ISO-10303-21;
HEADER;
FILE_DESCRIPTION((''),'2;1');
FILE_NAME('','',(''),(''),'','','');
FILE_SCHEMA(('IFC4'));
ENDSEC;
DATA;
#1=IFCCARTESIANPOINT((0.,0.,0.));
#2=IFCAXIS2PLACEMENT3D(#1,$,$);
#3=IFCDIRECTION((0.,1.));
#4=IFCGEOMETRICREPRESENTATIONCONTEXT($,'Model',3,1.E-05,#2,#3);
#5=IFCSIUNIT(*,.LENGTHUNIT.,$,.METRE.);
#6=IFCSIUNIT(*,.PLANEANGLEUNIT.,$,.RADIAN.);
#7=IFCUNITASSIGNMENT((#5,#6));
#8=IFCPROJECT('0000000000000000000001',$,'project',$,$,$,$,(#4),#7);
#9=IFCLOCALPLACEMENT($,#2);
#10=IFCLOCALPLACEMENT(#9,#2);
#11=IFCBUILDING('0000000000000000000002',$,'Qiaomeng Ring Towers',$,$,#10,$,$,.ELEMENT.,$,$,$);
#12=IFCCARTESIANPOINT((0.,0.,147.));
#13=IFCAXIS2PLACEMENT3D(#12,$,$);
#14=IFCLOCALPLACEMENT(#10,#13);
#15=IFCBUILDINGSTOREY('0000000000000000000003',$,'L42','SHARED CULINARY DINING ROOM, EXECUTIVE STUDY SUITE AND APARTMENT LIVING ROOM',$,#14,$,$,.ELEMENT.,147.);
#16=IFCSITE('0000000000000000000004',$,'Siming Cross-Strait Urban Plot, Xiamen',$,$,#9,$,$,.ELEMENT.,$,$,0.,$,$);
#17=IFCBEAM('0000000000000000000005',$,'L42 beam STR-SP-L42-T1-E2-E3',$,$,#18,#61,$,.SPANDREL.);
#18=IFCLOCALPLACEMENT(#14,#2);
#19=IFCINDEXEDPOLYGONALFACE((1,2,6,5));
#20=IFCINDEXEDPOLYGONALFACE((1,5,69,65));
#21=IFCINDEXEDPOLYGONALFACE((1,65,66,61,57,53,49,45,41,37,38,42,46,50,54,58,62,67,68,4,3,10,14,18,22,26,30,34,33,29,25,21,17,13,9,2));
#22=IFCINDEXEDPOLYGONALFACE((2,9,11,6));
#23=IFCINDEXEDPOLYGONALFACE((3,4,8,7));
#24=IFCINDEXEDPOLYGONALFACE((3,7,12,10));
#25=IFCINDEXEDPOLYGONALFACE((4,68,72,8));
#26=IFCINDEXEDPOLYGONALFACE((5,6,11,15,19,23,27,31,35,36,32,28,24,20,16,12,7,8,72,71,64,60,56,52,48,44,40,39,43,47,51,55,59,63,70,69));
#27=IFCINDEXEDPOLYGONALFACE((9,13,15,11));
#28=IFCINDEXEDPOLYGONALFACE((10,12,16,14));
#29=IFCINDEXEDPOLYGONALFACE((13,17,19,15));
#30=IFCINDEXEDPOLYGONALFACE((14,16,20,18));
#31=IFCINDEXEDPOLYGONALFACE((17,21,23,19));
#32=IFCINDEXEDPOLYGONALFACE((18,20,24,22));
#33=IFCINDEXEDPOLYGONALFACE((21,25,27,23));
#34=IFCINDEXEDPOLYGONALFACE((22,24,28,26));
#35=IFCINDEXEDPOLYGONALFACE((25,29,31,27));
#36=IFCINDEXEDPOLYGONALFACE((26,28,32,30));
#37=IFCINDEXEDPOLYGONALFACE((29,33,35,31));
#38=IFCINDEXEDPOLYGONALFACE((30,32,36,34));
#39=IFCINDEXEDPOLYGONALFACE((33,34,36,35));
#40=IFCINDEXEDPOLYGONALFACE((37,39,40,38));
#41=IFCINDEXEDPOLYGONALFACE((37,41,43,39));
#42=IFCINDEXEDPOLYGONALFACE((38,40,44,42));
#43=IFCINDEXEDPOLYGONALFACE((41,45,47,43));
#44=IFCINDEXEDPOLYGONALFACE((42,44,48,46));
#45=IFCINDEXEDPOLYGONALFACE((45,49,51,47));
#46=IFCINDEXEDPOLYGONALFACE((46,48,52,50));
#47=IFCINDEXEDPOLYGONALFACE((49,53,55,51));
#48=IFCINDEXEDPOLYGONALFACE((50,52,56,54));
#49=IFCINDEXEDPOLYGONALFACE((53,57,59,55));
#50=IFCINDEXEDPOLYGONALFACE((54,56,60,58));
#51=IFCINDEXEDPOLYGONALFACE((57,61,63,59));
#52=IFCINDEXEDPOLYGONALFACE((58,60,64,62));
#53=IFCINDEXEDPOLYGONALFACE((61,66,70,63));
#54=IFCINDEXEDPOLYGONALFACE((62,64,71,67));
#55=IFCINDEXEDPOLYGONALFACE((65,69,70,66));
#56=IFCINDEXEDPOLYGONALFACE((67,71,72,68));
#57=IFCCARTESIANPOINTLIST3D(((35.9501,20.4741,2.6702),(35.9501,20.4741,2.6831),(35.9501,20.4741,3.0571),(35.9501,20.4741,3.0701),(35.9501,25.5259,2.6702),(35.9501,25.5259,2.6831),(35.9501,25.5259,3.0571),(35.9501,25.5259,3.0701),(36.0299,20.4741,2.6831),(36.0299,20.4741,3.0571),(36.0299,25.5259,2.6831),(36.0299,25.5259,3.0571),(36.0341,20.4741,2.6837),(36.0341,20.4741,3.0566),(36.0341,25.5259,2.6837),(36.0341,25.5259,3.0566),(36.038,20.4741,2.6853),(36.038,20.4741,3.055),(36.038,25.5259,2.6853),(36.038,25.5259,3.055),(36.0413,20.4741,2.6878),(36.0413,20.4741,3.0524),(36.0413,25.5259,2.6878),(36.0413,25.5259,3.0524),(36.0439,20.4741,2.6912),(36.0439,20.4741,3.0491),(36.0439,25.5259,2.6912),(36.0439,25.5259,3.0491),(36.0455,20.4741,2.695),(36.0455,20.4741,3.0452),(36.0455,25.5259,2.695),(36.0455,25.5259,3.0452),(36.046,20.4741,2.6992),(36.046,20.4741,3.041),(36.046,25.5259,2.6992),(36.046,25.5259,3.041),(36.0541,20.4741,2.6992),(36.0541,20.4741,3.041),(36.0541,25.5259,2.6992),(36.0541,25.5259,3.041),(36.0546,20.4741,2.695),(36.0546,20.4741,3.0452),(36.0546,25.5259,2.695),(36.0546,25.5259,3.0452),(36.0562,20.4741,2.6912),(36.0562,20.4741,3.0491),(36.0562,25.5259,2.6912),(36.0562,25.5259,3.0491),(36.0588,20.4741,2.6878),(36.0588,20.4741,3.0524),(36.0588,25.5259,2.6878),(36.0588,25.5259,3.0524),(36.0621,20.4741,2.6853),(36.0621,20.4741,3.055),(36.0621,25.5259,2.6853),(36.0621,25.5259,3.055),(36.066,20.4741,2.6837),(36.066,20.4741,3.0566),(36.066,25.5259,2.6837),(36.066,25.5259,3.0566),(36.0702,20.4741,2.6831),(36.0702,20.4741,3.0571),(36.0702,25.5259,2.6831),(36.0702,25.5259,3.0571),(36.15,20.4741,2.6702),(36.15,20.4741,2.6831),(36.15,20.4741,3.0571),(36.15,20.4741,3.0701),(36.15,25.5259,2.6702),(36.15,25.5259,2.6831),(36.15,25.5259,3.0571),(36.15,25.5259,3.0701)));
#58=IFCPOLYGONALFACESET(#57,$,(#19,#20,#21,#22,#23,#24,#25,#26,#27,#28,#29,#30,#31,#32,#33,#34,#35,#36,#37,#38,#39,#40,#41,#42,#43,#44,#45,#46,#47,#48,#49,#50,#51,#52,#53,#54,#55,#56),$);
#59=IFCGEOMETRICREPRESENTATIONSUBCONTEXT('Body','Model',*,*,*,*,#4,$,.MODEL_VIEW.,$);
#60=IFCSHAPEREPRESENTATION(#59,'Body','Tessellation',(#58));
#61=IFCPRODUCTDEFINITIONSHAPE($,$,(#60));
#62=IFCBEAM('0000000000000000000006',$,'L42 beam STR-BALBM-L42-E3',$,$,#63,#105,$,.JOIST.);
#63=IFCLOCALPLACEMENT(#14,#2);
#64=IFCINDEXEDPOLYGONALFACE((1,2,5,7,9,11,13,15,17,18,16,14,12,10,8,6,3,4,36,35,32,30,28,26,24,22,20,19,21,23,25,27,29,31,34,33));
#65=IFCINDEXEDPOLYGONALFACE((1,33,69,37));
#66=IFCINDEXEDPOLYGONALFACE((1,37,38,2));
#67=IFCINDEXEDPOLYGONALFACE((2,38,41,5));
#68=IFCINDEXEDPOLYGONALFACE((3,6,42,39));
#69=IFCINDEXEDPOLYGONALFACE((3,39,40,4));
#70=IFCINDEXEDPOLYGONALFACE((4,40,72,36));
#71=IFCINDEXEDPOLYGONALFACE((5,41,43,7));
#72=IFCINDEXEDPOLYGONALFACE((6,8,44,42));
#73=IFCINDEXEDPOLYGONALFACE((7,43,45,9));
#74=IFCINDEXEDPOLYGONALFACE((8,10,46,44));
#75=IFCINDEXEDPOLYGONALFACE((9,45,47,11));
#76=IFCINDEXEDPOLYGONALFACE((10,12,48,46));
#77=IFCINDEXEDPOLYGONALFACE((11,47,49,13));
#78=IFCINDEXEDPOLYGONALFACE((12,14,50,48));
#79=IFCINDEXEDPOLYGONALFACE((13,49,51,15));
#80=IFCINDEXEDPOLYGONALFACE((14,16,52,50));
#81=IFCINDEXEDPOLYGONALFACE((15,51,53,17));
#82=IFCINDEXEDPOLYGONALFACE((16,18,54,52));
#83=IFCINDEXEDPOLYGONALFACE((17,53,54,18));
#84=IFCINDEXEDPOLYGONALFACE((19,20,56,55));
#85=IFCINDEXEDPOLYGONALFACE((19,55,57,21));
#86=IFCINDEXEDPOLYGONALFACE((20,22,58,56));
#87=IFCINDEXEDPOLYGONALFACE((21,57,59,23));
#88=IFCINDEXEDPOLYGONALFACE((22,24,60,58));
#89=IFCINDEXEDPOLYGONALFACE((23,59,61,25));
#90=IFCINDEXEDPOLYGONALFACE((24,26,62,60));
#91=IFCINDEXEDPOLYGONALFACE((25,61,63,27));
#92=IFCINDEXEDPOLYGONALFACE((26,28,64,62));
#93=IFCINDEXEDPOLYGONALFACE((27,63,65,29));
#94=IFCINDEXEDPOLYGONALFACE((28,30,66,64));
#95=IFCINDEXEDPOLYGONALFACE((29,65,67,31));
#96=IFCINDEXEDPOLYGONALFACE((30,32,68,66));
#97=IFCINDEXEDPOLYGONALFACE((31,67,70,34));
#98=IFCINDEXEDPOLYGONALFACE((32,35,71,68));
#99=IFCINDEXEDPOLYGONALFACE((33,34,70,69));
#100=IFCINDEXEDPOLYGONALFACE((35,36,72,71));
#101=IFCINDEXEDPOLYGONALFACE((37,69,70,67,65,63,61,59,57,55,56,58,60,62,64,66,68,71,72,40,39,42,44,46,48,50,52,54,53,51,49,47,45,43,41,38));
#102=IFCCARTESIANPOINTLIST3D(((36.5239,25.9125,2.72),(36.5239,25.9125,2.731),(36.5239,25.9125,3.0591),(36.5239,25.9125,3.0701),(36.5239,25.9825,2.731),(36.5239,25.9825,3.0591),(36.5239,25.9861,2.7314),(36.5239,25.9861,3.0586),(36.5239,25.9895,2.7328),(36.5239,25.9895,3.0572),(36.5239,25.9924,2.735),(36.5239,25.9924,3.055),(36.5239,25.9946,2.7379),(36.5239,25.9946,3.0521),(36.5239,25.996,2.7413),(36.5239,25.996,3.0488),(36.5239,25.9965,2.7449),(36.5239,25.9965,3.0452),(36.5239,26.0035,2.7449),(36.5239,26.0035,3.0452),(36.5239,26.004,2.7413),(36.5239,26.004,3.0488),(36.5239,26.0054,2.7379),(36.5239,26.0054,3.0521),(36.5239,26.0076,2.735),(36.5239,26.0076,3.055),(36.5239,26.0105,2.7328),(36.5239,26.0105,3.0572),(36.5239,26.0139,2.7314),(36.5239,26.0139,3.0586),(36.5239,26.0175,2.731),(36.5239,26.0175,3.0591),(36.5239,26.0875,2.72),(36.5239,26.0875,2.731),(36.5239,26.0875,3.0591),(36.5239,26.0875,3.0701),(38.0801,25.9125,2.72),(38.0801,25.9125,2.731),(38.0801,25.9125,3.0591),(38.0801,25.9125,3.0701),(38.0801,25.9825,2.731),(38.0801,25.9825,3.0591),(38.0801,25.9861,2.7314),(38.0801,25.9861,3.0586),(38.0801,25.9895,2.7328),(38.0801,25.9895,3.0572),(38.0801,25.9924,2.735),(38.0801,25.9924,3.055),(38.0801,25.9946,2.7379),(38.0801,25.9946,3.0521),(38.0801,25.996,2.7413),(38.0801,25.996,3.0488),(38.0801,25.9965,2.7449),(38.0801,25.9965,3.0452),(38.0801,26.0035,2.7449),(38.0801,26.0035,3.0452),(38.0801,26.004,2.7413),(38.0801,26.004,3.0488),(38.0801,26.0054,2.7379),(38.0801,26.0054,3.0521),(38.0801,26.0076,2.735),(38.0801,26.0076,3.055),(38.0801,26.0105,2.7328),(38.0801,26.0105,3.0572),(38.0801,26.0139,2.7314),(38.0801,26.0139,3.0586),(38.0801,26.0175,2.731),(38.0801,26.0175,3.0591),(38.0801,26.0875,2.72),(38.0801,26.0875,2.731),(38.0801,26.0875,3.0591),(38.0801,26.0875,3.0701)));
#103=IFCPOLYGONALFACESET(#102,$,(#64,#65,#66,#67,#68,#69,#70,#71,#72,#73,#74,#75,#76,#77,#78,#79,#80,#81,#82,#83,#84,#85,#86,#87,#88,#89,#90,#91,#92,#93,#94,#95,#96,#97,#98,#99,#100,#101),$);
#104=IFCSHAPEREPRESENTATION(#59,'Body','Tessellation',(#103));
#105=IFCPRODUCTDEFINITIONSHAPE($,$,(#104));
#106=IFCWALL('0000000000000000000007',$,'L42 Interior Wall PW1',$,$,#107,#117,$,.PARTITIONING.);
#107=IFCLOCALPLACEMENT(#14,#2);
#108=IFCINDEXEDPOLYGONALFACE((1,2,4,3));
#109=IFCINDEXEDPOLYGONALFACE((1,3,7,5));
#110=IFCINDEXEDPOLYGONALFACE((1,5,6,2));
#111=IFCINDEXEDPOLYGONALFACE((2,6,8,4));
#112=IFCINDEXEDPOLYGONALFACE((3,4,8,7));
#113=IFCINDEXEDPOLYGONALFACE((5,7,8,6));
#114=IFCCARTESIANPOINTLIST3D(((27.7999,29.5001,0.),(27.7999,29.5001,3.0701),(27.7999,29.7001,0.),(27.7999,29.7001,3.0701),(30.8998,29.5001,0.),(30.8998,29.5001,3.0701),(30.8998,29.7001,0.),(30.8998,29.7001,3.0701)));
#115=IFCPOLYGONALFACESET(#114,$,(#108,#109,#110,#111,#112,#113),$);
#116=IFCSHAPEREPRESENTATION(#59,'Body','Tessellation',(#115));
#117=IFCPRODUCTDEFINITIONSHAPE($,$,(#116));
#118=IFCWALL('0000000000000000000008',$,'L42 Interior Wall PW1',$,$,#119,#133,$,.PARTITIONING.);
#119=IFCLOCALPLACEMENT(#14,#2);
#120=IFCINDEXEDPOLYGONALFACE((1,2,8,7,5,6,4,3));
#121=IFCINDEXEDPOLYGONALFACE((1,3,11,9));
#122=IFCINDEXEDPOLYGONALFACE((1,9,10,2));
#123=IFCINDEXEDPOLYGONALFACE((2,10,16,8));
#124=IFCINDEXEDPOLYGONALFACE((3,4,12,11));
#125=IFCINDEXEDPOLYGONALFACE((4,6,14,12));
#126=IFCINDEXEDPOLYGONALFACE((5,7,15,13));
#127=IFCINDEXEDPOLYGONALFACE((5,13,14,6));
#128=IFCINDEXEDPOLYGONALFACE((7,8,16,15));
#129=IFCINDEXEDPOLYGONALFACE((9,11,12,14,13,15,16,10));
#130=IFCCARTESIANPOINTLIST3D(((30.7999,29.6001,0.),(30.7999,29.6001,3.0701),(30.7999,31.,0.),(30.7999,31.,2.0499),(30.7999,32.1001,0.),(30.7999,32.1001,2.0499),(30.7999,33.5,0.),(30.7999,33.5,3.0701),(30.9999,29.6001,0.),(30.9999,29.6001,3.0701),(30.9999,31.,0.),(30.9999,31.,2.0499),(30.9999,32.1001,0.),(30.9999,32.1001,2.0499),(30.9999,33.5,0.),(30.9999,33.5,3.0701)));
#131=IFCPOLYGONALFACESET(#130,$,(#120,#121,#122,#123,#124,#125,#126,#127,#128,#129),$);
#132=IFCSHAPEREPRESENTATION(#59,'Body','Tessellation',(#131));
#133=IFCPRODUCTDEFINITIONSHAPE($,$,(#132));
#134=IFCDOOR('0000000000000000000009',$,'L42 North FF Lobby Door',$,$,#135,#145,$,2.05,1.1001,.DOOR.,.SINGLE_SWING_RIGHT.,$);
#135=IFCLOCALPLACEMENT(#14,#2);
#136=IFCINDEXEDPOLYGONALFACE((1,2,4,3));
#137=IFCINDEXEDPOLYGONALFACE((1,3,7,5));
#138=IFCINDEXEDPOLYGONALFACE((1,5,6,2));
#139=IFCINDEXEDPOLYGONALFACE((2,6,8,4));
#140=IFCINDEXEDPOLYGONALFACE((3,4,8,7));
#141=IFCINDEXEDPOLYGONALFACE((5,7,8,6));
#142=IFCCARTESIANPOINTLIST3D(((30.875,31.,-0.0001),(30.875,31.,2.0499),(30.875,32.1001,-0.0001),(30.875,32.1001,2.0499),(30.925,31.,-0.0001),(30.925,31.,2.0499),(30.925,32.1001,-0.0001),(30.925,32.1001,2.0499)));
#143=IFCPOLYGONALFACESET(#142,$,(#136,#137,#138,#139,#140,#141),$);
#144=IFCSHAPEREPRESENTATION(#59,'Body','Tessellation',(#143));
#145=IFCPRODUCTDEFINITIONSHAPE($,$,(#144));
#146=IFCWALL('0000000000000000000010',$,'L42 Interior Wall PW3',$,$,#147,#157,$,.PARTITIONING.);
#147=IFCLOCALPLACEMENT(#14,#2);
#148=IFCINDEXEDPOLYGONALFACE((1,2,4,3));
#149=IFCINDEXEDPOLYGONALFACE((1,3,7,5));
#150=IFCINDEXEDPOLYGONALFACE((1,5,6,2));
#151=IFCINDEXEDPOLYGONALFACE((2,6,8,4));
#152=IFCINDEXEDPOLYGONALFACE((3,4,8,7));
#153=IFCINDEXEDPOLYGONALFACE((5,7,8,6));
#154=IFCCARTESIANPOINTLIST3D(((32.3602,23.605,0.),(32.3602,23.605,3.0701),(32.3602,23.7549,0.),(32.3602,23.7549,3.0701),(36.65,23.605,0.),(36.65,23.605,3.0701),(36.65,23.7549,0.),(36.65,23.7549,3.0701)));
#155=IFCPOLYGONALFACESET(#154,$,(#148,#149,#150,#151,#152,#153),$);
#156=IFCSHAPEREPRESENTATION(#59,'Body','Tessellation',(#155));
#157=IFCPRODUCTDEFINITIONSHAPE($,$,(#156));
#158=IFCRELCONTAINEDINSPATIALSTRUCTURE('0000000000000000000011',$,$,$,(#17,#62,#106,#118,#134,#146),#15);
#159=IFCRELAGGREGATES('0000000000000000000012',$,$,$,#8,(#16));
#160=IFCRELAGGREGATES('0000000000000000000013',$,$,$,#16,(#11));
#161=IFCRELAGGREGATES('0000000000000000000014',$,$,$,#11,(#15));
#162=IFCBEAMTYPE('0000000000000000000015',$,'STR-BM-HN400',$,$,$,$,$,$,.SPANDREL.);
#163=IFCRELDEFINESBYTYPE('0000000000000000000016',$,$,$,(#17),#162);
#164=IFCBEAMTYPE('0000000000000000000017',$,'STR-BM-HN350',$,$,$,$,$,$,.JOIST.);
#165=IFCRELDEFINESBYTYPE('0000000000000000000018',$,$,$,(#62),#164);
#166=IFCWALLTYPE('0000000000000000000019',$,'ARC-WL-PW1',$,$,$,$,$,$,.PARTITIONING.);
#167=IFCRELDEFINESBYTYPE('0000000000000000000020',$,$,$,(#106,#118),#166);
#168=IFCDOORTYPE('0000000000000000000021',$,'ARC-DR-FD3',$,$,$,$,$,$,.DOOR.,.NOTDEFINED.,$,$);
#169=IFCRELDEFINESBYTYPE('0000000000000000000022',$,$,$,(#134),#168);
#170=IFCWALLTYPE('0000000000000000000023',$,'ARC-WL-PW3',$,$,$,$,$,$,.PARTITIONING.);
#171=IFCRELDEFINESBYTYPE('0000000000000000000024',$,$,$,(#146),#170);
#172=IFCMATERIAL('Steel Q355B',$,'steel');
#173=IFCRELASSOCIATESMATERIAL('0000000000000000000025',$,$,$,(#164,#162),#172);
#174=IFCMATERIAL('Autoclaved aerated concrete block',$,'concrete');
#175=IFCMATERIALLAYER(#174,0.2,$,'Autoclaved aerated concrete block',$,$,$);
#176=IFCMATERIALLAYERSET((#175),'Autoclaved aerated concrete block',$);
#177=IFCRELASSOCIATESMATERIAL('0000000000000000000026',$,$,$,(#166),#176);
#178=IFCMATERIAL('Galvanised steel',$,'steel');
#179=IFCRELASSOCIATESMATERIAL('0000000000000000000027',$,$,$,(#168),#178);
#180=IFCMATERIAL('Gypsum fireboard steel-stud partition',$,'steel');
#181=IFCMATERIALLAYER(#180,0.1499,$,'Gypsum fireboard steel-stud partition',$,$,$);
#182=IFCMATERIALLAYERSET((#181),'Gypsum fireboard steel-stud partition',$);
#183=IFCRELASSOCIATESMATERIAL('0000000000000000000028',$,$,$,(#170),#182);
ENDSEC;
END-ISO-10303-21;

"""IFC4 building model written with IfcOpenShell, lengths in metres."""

from ifc_helpers import new_model, si_unit, direction, frame, frame_2d, origin, origin_2d, place, context, subcontext, project, spatial, rectangle, i_section, extrude, source, transform, mapped, material, layer, layer_set, material_profile, profile_set, type_object, element, fill, save


model = new_model("IFC4")

# Units and contexts
model_context = context("Model", 3, precision=1e-05, world=origin(), true_north=direction((0.0, 1.0)))
body_context = subcontext(model_context, "Body", "Model", "MODEL_VIEW")
ifc_project = project(units=[si_unit("LENGTHUNIT", "METRE"), si_unit("PLANEANGLEUNIT", "RADIAN")], contexts=[model_context])

# Site, building, storey
site_placement = place(None, origin())
site = spatial("IfcSite", under=ifc_project, at=site_placement, Name="Siming Cross-Strait Urban Plot, Xiamen", CompositionType="ELEMENT", RefElevation=0.0)
building_placement = place(site_placement, origin())
building = spatial("IfcBuilding", under=site, at=building_placement, Name="Qiaomeng Ring Towers", CompositionType="ELEMENT")
storey_placement = place(building_placement, frame((0.0, 0.0, 147.0)))
storey = spatial("IfcBuildingStorey", under=building, at=storey_placement, Name="L42", Description="SHARED CULINARY DINING ROOM, EXECUTIVE STUDY SUITE AND APARTMENT LIVING ROOM", CompositionType="ELEMENT", Elevation=147.0)

# Beams
ifc_material_1 = material(Name="Steel Q355B", Category="steel")
ifc_material_profile_1 = material_profile(ifc_material_1, i_section(OverallWidth=0.175, OverallDepth=0.3501, WebThickness=0.0071, FlangeThickness=0.011, FilletRadius=0.0139, at=origin_2d()), Name="HN 350x175x7x11")
ifc_profile_set_1 = profile_set([ifc_material_profile_1], Name="Steel Q355B")
beam_type_1 = type_object("IfcBeamType", Name="STR-BM-HN350", PredefinedType="JOIST", material=ifc_profile_set_1)
ifc_material_profile_2 = material_profile(ifc_material_1, i_section(OverallWidth=0.2, OverallDepth=0.3999, WebThickness=0.0081, FlangeThickness=0.0129, FilletRadius=0.0161, at=origin_2d()), Name="HN 400x200x8x13")
ifc_profile_set_2 = profile_set([ifc_material_profile_2], Name="Steel Q355B")
beam_type_2 = type_object("IfcBeamType", Name="STR-BM-HN400", PredefinedType="SPANDREL", material=ifc_profile_set_2)
shared_shape_1 = source(origin(), body_context, "Body", "SweptSolid", [
    extrude(i_section(OverallWidth=0.2, OverallDepth=0.3999, WebThickness=0.0081, FlangeThickness=0.0129, FilletRadius=0.0161, at=origin_2d()), origin(), (0.0, 0.0, 1.0), 5.0518),
])
beam_1_placement = place(storey_placement, frame((36.05, 20.4741, 2.8701), z_axis=(0.0, 1.0, 0.0), x_axis=(-1.0, 0.0, 0.0)))
element("IfcBeam", 1, at=beam_1_placement, inside=storey, type_object=beam_type_2, Name="L42 beam STR-SP-L42-T1-E2-E3", PredefinedType="SPANDREL", context=body_context, shape_type="MappedRepresentation", body=[
    mapped(shared_shape_1, transform((0.0, 0.0, 0.0), x_axis=(1.0, 0.0, 0.0), y_axis=(0.0, 1.0, 0.0), z_axis=(0.0, 0.0, 1.0), scale=1.0)),
])
shared_shape_2 = source(origin(), body_context, "Body", "SweptSolid", [
    extrude(i_section(OverallWidth=0.175, OverallDepth=0.3501, WebThickness=0.0071, FlangeThickness=0.011, FilletRadius=0.0139, at=origin_2d()), origin(), (0.0, 0.0, 1.0), 1.5562),
])
beam_2_placement = place(storey_placement, frame((36.5239, 26.0, 2.895), z_axis=(1.0, 0.0, 0.0), x_axis=(0.0, 1.0, 0.0)))
element("IfcBeam", 2, at=beam_2_placement, inside=storey, type_object=beam_type_1, Name="L42 beam STR-BALBM-L42-E3", PredefinedType="JOIST", context=body_context, shape_type="MappedRepresentation", body=[
    mapped(shared_shape_2, transform((0.0, 0.0, 0.0), x_axis=(1.0, 0.0, 0.0), y_axis=(0.0, 1.0, 0.0), z_axis=(0.0, 0.0, 1.0), scale=1.0)),
])

# Wall
ifc_material_2 = material(Name="Autoclaved aerated concrete block", Category="concrete")
ifc_layer_1 = layer(ifc_material_2, 0.2, Name="Autoclaved aerated concrete block")
ifc_layer_set_1 = layer_set([ifc_layer_1], Name="Autoclaved aerated concrete block")
wall_type_1 = type_object("IfcWallType", Name="ARC-WL-PW1", PredefinedType="PARTITIONING", material=ifc_layer_set_1)
wall_1_placement = place(storey_placement, frame((27.8, 29.6001, 0.0), z_axis=(0.0, 0.0, 1.0), x_axis=(1.0, 0.0, 0.0)))
element("IfcWall", 3, at=wall_1_placement, inside=storey, type_object=wall_type_1, Name="L42 Interior Wall PW1", PredefinedType="PARTITIONING", context=body_context, shape_type="SweptSolid", body=[
    extrude(rectangle(XDim=3.0999, YDim=0.2, at=frame_2d((1.5498, 0.0))), origin(), (0.0, 0.0, 1.0), 3.0701),
])

# Wall, opening, door
wall_2_placement = place(storey_placement, frame((30.8999, 29.6001, 0.0), z_axis=(0.0, 0.0, 1.0), x_axis=(0.0, 1.0, 0.0)))
wall_2 = element("IfcWall", 4, at=wall_2_placement, inside=storey, type_object=wall_type_1, Name="L42 Interior Wall PW1", PredefinedType="PARTITIONING", context=body_context, shape_type="SweptSolid", body=[
    extrude(rectangle(XDim=3.8999, YDim=0.2, at=frame_2d((1.95, 0.0))), origin(), (0.0, 0.0, 1.0), 3.0701),
])
opening_1_placement = place(wall_2_placement, frame((1.3999, 0.0, 0.0)))
opening_1 = element("IfcOpeningElement", 5, at=opening_1_placement, cuts=wall_2, PredefinedType="OPENING", context=body_context, shape_type="SweptSolid", body=[
    extrude(rectangle(XDim=1.1001, YDim=2.05, at=frame_2d((0.55, 1.0249))), frame((0.0, 0.1099, 0.0), z_axis=(0.0, -1.0, 0.0), x_axis=(1.0, 0.0, 0.0)), (0.0, 0.0, 1.0), 0.22),
])
ifc_material_3 = material(Name="Galvanised steel", Category="steel")
door_type_1 = type_object("IfcDoorType", Name="ARC-DR-FD3", OperationType="NOTDEFINED", PredefinedType="DOOR", material=ifc_material_3)
shared_shape_3 = source(origin(), body_context, "Body", "SweptSolid", [
    extrude(rectangle(XDim=1.1001, YDim=2.05, at=frame_2d((0.55, 1.0249))), frame((0.0, 0.0249, 0.0), z_axis=(0.0, -1.0, 0.0), x_axis=(1.0, 0.0, 0.0)), (0.0, 0.0, 1.0), 0.05),
])
door_1_placement = place(opening_1_placement, origin())
door_1 = element("IfcDoor", 6, at=door_1_placement, inside=storey, type_object=door_type_1, Name="L42 North FF Lobby Door", OperationType="SINGLE_SWING_RIGHT", OverallHeight=2.05, OverallWidth=1.1001, PredefinedType="DOOR", context=body_context, shape_type="MappedRepresentation", body=[
    mapped(shared_shape_3, transform((0.0, 0.0, 0.0), x_axis=(1.0, 0.0, 0.0), y_axis=(0.0, 1.0, 0.0), z_axis=(0.0, 0.0, 1.0), scale=1.0)),
])
fill(opening_1, door_1)

# Wall
ifc_material_4 = material(Name="Gypsum fireboard steel-stud partition", Category="steel")
ifc_layer_2 = layer(ifc_material_4, 0.1499, Name="Gypsum fireboard steel-stud partition")
ifc_layer_set_2 = layer_set([ifc_layer_2], Name="Gypsum fireboard steel-stud partition")
wall_type_2 = type_object("IfcWallType", Name="ARC-WL-PW3", PredefinedType="PARTITIONING", material=ifc_layer_set_2)
wall_3_placement = place(storey_placement, frame((32.3601, 23.6799, 0.0), z_axis=(0.0, 0.0, 1.0), x_axis=(1.0, 0.0, 0.0)))
element("IfcWall", 7, at=wall_3_placement, inside=storey, type_object=wall_type_2, Name="L42 Interior Wall PW3", PredefinedType="PARTITIONING", context=body_context, shape_type="SweptSolid", body=[
    extrude(rectangle(XDim=4.2898, YDim=0.1499, at=frame_2d((2.145, 0.0))), origin(), (0.0, 0.0, 1.0), 3.0701),
])

save(model, "model.ifc")
